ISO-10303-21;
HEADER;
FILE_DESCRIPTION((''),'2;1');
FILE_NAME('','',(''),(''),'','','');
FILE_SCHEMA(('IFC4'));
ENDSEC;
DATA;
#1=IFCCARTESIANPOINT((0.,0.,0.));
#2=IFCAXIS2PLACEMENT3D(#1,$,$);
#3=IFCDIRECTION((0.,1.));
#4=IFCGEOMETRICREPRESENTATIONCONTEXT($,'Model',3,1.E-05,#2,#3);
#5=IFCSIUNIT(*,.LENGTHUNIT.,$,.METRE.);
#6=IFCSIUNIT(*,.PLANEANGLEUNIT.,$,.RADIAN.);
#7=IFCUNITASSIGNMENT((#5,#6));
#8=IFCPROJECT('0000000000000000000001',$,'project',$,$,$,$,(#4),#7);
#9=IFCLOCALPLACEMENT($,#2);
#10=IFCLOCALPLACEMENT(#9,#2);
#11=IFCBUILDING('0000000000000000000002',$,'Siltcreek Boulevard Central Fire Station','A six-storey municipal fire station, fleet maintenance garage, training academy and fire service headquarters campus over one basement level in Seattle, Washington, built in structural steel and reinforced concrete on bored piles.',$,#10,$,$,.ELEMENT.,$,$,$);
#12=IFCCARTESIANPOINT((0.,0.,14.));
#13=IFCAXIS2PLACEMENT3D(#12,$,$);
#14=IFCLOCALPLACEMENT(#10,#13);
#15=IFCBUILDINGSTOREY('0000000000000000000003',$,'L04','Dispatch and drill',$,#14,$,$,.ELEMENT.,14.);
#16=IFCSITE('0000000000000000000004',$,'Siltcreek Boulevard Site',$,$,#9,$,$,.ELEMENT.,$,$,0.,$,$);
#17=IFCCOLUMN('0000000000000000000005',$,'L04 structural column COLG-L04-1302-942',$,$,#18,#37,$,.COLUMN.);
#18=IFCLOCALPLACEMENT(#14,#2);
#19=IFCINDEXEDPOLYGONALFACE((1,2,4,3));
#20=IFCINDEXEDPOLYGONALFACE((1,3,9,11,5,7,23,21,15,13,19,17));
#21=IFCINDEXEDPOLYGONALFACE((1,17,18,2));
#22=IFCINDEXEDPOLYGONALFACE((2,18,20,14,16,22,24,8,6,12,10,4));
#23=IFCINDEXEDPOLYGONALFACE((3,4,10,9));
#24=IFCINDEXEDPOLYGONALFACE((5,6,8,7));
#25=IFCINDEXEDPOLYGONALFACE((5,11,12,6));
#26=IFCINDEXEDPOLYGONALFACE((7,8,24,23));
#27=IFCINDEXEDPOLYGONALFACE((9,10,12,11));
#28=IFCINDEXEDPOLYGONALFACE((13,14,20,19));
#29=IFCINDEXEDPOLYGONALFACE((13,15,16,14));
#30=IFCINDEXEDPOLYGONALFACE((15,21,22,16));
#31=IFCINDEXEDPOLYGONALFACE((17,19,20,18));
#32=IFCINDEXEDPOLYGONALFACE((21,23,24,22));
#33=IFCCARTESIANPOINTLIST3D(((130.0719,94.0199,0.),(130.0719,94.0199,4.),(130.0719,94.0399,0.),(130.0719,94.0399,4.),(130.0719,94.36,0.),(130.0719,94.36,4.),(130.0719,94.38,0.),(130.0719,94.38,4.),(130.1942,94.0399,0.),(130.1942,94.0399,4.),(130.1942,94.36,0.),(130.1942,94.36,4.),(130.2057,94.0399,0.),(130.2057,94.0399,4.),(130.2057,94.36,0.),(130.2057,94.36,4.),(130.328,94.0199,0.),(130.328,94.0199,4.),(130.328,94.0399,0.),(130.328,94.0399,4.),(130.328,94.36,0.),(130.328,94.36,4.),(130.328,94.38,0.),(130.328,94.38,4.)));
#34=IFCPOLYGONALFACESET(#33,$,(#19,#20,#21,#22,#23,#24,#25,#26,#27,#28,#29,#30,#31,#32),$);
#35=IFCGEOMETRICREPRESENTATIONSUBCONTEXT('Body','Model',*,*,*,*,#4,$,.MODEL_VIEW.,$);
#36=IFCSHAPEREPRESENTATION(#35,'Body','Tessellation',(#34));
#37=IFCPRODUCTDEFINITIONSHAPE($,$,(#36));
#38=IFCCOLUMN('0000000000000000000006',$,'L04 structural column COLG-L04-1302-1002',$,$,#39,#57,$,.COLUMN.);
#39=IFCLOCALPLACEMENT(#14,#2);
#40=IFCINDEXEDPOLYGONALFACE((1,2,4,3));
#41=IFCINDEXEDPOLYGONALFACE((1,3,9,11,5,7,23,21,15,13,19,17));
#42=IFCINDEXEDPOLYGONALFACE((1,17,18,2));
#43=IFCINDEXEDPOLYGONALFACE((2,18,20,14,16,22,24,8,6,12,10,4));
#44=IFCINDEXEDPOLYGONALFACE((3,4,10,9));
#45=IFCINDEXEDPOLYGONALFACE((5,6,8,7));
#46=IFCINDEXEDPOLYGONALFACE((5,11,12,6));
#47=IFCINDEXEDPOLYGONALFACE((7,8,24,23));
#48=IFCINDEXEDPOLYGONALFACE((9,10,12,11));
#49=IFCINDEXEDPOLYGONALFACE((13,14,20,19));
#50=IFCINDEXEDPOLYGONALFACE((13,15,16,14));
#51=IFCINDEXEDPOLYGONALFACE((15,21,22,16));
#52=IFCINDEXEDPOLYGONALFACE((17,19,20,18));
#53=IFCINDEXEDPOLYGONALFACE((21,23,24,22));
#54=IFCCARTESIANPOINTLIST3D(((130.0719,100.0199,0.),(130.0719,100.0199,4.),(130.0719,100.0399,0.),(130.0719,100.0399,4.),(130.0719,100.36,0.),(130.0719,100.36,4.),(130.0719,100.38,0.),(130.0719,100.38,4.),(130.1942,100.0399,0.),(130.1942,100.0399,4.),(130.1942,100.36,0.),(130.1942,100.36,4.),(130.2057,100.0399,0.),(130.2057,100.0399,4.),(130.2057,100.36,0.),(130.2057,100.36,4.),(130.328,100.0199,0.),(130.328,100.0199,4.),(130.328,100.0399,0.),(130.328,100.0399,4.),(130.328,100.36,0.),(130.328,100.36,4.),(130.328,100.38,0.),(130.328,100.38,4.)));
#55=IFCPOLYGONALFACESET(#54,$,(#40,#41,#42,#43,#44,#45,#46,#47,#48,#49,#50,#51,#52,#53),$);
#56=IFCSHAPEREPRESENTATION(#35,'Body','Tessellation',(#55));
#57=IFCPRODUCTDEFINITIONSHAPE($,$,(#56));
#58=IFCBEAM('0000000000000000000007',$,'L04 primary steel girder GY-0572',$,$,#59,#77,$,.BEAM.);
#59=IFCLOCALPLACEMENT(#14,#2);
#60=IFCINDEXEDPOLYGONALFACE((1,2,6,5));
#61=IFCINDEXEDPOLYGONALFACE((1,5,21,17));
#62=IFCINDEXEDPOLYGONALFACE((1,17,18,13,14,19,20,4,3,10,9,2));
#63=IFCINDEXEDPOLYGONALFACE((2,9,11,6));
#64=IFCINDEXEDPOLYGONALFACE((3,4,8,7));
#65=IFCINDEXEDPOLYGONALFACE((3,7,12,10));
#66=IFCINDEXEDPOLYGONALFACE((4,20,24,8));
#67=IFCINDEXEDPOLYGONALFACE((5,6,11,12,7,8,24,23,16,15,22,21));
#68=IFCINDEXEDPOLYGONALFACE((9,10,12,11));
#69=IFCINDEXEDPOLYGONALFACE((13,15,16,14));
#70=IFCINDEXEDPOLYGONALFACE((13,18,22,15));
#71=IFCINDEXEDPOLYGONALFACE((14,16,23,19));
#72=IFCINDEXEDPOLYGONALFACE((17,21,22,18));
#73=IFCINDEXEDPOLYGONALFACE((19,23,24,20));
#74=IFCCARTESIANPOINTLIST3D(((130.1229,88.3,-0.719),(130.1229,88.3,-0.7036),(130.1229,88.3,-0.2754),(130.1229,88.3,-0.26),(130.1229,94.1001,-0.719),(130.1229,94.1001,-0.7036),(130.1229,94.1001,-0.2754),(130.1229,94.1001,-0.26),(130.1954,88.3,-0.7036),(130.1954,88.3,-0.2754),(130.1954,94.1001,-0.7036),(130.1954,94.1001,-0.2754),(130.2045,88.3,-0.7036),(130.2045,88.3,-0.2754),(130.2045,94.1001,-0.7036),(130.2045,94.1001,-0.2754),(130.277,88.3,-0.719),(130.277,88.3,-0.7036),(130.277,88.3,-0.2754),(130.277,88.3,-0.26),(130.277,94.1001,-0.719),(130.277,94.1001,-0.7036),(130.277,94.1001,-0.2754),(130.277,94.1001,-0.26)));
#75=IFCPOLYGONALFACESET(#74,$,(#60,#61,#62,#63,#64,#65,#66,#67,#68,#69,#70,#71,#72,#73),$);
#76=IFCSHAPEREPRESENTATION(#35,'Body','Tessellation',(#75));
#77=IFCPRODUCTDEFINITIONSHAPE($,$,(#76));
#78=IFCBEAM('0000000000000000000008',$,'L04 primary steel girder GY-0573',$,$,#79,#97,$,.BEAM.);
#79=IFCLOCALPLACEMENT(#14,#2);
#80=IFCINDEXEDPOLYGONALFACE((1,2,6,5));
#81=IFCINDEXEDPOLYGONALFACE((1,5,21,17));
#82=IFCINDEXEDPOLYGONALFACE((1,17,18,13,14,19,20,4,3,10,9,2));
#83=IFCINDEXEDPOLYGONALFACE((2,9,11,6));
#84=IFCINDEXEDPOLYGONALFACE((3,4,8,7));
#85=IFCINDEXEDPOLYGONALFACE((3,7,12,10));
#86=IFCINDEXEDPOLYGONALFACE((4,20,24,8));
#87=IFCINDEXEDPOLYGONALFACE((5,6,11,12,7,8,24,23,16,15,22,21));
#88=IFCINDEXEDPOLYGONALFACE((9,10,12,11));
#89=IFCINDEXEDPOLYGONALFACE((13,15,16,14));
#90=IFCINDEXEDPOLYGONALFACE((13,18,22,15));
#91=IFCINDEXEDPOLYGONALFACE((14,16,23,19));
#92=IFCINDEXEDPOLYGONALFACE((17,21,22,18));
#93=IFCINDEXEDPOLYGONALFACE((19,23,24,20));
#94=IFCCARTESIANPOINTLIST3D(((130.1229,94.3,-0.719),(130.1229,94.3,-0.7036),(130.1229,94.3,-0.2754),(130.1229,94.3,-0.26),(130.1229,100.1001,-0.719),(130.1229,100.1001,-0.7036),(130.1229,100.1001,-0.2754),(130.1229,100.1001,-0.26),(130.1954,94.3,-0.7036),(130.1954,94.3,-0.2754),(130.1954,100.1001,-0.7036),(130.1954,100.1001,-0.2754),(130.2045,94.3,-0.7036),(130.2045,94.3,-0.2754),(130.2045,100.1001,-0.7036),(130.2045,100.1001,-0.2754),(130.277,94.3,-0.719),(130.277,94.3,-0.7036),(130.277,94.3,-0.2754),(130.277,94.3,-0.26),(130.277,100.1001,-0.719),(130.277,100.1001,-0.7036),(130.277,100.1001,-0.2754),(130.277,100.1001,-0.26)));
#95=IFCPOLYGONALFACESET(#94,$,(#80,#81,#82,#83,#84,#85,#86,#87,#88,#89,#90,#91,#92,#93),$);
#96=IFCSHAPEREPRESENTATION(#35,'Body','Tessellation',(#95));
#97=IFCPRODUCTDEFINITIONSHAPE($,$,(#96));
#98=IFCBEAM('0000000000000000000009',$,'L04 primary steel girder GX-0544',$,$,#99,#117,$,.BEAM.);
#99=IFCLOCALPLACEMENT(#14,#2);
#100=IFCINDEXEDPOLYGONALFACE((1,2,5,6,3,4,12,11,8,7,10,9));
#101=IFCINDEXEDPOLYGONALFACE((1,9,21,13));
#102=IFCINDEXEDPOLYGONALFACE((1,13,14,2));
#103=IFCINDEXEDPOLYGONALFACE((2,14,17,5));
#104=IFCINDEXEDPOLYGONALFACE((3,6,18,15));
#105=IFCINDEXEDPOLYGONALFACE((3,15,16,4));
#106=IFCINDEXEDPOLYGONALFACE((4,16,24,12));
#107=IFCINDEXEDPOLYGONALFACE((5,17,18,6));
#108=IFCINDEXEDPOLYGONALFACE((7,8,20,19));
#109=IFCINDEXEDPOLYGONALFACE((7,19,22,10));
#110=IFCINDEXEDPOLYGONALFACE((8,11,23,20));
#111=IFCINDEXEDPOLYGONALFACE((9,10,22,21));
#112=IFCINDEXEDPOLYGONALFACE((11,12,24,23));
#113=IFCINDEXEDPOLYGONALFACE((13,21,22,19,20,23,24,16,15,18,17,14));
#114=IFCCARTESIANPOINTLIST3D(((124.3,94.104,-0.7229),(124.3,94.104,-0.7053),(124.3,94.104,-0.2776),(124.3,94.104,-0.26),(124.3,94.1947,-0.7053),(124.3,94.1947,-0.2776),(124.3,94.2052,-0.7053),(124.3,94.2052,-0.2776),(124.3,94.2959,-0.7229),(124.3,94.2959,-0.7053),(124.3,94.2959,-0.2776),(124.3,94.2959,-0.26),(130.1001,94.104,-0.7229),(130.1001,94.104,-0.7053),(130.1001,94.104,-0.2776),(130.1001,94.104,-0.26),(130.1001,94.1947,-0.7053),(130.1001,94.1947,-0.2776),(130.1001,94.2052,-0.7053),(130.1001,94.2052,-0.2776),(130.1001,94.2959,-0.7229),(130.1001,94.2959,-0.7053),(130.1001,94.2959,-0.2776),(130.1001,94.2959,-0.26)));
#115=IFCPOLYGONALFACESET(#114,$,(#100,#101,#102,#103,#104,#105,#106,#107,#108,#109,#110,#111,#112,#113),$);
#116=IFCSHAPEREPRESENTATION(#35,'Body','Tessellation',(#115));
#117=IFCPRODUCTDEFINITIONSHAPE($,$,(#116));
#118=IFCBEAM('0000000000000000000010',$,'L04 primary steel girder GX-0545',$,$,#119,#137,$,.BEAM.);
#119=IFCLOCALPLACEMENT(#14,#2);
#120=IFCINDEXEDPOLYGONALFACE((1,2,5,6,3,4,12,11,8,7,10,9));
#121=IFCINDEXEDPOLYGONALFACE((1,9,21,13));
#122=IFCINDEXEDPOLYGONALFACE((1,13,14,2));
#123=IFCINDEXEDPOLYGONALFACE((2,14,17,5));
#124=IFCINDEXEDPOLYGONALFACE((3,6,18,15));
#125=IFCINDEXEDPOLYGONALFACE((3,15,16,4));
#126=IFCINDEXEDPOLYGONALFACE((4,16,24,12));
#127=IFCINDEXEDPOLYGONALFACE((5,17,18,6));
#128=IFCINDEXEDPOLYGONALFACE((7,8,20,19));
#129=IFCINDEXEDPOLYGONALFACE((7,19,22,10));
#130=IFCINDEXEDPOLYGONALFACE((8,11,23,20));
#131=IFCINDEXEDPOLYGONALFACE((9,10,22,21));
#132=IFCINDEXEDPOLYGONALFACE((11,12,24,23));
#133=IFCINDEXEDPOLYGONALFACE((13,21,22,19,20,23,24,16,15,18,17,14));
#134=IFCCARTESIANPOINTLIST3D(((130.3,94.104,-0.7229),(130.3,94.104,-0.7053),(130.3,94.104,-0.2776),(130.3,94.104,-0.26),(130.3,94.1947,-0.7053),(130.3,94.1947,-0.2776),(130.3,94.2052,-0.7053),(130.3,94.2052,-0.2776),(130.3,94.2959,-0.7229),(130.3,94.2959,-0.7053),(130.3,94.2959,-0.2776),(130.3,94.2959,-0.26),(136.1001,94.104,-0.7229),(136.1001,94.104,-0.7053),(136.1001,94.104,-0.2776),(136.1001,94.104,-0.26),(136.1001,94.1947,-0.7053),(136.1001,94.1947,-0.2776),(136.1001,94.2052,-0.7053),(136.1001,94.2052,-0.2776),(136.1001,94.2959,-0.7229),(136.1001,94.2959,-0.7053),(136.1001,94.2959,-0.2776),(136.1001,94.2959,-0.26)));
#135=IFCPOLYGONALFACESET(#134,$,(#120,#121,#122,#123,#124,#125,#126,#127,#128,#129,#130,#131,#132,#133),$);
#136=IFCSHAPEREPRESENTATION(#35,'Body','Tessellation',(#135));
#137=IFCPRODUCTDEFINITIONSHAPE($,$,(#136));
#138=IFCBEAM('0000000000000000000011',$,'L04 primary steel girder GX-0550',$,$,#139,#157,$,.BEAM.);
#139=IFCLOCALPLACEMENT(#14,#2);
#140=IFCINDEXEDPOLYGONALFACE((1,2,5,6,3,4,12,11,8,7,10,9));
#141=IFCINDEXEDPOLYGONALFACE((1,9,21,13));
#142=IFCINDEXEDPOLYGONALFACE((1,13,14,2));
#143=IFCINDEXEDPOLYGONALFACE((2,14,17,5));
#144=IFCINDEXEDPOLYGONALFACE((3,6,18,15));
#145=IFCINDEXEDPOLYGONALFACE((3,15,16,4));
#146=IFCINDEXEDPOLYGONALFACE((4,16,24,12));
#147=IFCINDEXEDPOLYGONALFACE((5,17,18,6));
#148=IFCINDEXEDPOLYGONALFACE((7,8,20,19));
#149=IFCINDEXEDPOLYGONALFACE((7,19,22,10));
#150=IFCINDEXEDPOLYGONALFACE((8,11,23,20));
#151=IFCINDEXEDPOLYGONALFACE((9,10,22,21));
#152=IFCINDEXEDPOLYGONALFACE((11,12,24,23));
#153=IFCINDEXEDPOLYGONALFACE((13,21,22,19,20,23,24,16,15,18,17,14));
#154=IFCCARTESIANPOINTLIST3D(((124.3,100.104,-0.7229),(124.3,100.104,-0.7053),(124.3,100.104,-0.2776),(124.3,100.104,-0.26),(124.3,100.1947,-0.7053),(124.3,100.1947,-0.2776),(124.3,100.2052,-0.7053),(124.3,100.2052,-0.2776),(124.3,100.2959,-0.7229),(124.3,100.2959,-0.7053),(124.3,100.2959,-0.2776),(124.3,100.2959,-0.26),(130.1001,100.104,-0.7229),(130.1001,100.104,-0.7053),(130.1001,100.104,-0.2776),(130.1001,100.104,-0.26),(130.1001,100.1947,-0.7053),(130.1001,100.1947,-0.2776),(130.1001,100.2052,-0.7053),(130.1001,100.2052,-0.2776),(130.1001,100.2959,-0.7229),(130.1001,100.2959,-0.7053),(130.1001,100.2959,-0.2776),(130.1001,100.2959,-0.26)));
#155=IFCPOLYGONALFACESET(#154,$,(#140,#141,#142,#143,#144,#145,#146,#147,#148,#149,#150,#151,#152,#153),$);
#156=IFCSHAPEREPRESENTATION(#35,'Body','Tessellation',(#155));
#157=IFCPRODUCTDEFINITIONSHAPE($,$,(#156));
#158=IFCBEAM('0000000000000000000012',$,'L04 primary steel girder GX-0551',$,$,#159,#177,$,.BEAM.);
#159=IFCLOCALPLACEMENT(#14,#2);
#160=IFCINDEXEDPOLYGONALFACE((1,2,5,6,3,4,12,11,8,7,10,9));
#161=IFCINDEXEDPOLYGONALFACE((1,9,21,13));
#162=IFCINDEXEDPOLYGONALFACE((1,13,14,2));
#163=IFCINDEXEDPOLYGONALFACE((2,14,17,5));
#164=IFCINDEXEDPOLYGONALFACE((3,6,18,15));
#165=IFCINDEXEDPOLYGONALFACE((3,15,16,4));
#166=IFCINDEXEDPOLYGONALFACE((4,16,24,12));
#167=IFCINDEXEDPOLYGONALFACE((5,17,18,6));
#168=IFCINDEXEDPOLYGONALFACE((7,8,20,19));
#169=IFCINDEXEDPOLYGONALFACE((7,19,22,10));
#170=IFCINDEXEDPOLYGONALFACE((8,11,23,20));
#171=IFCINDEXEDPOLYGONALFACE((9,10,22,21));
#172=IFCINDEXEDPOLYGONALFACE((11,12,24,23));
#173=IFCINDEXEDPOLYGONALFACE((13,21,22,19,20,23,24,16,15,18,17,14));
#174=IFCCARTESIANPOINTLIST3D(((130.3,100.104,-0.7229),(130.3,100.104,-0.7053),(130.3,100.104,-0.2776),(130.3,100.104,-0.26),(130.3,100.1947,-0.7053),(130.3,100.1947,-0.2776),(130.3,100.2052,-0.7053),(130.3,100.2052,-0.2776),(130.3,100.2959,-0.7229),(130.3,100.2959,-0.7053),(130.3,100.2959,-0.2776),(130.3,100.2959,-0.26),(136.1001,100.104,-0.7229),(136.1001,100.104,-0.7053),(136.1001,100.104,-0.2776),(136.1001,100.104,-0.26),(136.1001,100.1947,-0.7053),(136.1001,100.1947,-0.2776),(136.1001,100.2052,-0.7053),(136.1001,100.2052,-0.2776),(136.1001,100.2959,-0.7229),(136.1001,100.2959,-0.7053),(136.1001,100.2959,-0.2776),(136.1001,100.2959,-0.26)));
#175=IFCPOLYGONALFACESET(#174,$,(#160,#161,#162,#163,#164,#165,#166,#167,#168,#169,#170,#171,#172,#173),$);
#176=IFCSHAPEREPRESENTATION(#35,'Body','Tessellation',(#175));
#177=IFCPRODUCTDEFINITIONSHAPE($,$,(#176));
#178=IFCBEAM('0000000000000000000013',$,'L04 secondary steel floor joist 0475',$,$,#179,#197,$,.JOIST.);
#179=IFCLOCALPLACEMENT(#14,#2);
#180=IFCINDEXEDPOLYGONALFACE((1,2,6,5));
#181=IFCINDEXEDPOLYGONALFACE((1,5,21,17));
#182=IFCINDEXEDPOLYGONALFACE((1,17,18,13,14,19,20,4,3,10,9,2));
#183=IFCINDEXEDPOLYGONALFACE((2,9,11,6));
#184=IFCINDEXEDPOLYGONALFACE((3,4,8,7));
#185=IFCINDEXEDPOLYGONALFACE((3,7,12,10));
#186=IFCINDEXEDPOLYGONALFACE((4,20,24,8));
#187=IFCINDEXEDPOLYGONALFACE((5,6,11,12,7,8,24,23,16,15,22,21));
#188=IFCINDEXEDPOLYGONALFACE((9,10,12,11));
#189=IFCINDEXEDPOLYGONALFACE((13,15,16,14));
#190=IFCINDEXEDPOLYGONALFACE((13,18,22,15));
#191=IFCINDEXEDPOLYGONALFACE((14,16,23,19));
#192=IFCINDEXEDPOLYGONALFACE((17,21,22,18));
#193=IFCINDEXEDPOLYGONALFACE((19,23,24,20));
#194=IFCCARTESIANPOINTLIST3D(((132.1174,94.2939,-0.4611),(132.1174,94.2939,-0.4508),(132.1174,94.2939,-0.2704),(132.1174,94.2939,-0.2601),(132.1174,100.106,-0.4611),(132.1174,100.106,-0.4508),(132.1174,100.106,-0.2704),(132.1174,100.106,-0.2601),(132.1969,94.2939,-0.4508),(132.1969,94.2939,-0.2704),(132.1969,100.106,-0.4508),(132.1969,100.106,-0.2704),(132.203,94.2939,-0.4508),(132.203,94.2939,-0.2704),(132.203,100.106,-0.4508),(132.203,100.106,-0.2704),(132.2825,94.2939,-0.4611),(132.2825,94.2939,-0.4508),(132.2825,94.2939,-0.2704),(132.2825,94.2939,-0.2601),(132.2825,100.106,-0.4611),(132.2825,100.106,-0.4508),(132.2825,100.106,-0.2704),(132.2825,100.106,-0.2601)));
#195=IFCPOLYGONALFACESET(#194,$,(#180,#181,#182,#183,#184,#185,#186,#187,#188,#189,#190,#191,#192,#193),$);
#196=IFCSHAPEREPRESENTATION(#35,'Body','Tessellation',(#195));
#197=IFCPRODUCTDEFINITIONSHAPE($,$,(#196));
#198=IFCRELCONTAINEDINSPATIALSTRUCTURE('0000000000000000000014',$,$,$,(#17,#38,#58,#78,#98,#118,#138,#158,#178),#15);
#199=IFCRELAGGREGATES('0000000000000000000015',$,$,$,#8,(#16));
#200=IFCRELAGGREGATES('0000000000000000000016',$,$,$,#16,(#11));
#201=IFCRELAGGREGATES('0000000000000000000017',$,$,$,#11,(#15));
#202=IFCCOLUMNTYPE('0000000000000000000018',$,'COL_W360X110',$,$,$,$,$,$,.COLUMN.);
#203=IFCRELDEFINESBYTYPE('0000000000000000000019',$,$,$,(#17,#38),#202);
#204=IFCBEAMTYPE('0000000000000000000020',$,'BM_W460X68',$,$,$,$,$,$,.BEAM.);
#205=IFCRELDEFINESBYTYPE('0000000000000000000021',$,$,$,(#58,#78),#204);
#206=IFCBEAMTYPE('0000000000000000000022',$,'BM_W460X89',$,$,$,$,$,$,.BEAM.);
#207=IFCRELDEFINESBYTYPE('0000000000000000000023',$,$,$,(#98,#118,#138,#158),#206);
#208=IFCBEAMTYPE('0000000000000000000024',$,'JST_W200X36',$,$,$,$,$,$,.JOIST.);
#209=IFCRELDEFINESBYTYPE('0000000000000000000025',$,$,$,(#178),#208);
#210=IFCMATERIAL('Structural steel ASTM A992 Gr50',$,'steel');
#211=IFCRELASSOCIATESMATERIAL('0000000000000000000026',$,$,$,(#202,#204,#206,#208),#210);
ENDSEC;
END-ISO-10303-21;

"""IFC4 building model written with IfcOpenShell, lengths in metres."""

from ifc_helpers import new_model, si_unit, direction, frame, origin, origin_2d, place, context, subcontext, project, spatial, i_section, extrude, material, material_profile, profile_set, type_object, element, save


model = new_model("IFC4")

# Units and contexts
model_context = context("Model", 3, precision=1e-05, world=origin(), true_north=direction((0.0, 1.0)))
body_context = subcontext(model_context, "Body", "Model", "MODEL_VIEW")
ifc_project = project(units=[si_unit("LENGTHUNIT", "METRE"), si_unit("PLANEANGLEUNIT", "RADIAN")], contexts=[model_context])

# Site, building, storey
site_placement = place(None, origin())
site = spatial("IfcSite", under=ifc_project, at=site_placement, Name="Siltcreek Boulevard Site", CompositionType="ELEMENT", RefElevation=0.0)
building_placement = place(site_placement, origin())
building = spatial("IfcBuilding", under=site, at=building_placement, Name="Siltcreek Boulevard Central Fire Station", Description="A six-storey municipal fire station, fleet maintenance garage, training academy and fire service headquarters campus over one basement level in Seattle, Washington, built in structural steel and reinforced concrete on bored piles.", CompositionType="ELEMENT")
storey_placement = place(building_placement, frame((0.0, 0.0, 14.0)))
storey = spatial("IfcBuildingStorey", under=building, at=storey_placement, Name="L04", Description="Dispatch and drill", CompositionType="ELEMENT", Elevation=14.0)

# Columns
ifc_material_1 = material(Name="Structural steel ASTM A992 Gr50", Category="steel")
ifc_material_profile_1 = material_profile(ifc_material_1, i_section(OverallWidth=0.2561, OverallDepth=0.3601, WebThickness=0.0115, FlangeThickness=0.02, at=origin_2d()), Name="W360X110")
ifc_profile_set_1 = profile_set([ifc_material_profile_1], Name="Structural steel ASTM A992 Gr50")
column_type = type_object("IfcColumnType", Name="COL_W360X110", PredefinedType="COLUMN", material=ifc_profile_set_1)
for number, where, z_axis, x_axis, name in (
    (1, (130.2, 94.2, 0.0), (0.0, 0.0, 1.0), (1.0, 0.0, 0.0), "L04 structural column COLG-L04-1302-942"),
    (2, (130.2, 100.2, 0.0), (0.0, 0.0, 1.0), (1.0, 0.0, 0.0), "L04 structural column COLG-L04-1302-1002"),
):
    element("IfcColumn", number, at=place(storey_placement, frame(where, z_axis=z_axis, x_axis=x_axis)), inside=storey, type_object=column_type, Name=name, PredefinedType="COLUMN", context=body_context, shape_type="SweptSolid", body=[
        extrude(i_section(OverallWidth=0.2561, OverallDepth=0.3601, WebThickness=0.0115, FlangeThickness=0.02, at=origin_2d()), origin(), (0.0, 0.0, 1.0), 4.0),
    ])

# Beams
ifc_material_profile_2 = material_profile(ifc_material_1, i_section(OverallWidth=0.1541, OverallDepth=0.459, WebThickness=0.009, FlangeThickness=0.0154, at=origin_2d()), Name="W460X68")
ifc_profile_set_2 = profile_set([ifc_material_profile_2], Name="Structural steel ASTM A992 Gr50")
beam_type_1 = type_object("IfcBeamType", Name="BM_W460X68", PredefinedType="BEAM", material=ifc_profile_set_2)
for number, where, z_axis, x_axis, name in (
    (3, (130.2, 88.3, -0.4895), (0.0, 1.0, 0.0), (-1.0, 0.0, 0.0), "L04 primary steel girder GY-0572"),
    (4, (130.2, 94.3, -0.4895), (0.0, 1.0, 0.0), (-1.0, 0.0, 0.0), "L04 primary steel girder GY-0573"),
):
    element("IfcBeam", number, at=place(storey_placement, frame(where, z_axis=z_axis, x_axis=x_axis)), inside=storey, type_object=beam_type_1, Name=name, PredefinedType="BEAM", context=body_context, shape_type="SweptSolid", body=[
        extrude(i_section(OverallWidth=0.1541, OverallDepth=0.459, WebThickness=0.009, FlangeThickness=0.0154, at=origin_2d()), origin(), (0.0, 0.0, 1.0), 5.8),
    ])
ifc_material_profile_3 = material_profile(ifc_material_1, i_section(OverallWidth=0.1919, OverallDepth=0.4629, WebThickness=0.0105, FlangeThickness=0.0176, at=origin_2d()), Name="W460X89")
ifc_profile_set_3 = profile_set([ifc_material_profile_3], Name="Structural steel ASTM A992 Gr50")
beam_type_2 = type_object("IfcBeamType", Name="BM_W460X89", PredefinedType="BEAM", material=ifc_profile_set_3)
for number, where, z_axis, x_axis, name in (
    (5, (124.3, 94.2, -0.4915), (1.0, 0.0, 0.0), (0.0, 1.0, 0.0), "L04 primary steel girder GX-0544"),
    (6, (130.3, 94.2, -0.4915), (1.0, 0.0, 0.0), (0.0, 1.0, 0.0), "L04 primary steel girder GX-0545"),
    (7, (124.3, 100.2, -0.4915), (1.0, 0.0, 0.0), (0.0, 1.0, 0.0), "L04 primary steel girder GX-0550"),
    (8, (130.3, 100.2, -0.4915), (1.0, 0.0, 0.0), (0.0, 1.0, 0.0), "L04 primary steel girder GX-0551"),
):
    element("IfcBeam", number, at=place(storey_placement, frame(where, z_axis=z_axis, x_axis=x_axis)), inside=storey, type_object=beam_type_2, Name=name, PredefinedType="BEAM", context=body_context, shape_type="SweptSolid", body=[
        extrude(i_section(OverallWidth=0.1919, OverallDepth=0.4629, WebThickness=0.0105, FlangeThickness=0.0176, at=origin_2d()), origin(), (0.0, 0.0, 1.0), 5.8),
    ])
ifc_material_profile_4 = material_profile(ifc_material_1, i_section(OverallWidth=0.165, OverallDepth=0.2009, WebThickness=0.0061, FlangeThickness=0.0103, at=origin_2d()), Name="W200X36")
ifc_profile_set_4 = profile_set([ifc_material_profile_4], Name="Structural steel ASTM A992 Gr50")
beam_type_3 = type_object("IfcBeamType", Name="JST_W200X36", PredefinedType="JOIST", material=ifc_profile_set_4)
for number, where, z_axis, x_axis, name in (
    (9, (132.2, 94.2939, -0.3606), (0.0, 1.0, 0.0), (-1.0, 0.0, 0.0), "L04 secondary steel floor joist 0475"),
):
    element("IfcBeam", number, at=place(storey_placement, frame(where, z_axis=z_axis, x_axis=x_axis)), inside=storey, type_object=beam_type_3, Name=name, PredefinedType="JOIST", context=body_context, shape_type="SweptSolid", body=[
        extrude(i_section(OverallWidth=0.165, OverallDepth=0.2009, WebThickness=0.0061, FlangeThickness=0.0103, at=origin_2d()), origin(), (0.0, 0.0, 1.0), 5.812),
    ])

save(model, "model.ifc")
